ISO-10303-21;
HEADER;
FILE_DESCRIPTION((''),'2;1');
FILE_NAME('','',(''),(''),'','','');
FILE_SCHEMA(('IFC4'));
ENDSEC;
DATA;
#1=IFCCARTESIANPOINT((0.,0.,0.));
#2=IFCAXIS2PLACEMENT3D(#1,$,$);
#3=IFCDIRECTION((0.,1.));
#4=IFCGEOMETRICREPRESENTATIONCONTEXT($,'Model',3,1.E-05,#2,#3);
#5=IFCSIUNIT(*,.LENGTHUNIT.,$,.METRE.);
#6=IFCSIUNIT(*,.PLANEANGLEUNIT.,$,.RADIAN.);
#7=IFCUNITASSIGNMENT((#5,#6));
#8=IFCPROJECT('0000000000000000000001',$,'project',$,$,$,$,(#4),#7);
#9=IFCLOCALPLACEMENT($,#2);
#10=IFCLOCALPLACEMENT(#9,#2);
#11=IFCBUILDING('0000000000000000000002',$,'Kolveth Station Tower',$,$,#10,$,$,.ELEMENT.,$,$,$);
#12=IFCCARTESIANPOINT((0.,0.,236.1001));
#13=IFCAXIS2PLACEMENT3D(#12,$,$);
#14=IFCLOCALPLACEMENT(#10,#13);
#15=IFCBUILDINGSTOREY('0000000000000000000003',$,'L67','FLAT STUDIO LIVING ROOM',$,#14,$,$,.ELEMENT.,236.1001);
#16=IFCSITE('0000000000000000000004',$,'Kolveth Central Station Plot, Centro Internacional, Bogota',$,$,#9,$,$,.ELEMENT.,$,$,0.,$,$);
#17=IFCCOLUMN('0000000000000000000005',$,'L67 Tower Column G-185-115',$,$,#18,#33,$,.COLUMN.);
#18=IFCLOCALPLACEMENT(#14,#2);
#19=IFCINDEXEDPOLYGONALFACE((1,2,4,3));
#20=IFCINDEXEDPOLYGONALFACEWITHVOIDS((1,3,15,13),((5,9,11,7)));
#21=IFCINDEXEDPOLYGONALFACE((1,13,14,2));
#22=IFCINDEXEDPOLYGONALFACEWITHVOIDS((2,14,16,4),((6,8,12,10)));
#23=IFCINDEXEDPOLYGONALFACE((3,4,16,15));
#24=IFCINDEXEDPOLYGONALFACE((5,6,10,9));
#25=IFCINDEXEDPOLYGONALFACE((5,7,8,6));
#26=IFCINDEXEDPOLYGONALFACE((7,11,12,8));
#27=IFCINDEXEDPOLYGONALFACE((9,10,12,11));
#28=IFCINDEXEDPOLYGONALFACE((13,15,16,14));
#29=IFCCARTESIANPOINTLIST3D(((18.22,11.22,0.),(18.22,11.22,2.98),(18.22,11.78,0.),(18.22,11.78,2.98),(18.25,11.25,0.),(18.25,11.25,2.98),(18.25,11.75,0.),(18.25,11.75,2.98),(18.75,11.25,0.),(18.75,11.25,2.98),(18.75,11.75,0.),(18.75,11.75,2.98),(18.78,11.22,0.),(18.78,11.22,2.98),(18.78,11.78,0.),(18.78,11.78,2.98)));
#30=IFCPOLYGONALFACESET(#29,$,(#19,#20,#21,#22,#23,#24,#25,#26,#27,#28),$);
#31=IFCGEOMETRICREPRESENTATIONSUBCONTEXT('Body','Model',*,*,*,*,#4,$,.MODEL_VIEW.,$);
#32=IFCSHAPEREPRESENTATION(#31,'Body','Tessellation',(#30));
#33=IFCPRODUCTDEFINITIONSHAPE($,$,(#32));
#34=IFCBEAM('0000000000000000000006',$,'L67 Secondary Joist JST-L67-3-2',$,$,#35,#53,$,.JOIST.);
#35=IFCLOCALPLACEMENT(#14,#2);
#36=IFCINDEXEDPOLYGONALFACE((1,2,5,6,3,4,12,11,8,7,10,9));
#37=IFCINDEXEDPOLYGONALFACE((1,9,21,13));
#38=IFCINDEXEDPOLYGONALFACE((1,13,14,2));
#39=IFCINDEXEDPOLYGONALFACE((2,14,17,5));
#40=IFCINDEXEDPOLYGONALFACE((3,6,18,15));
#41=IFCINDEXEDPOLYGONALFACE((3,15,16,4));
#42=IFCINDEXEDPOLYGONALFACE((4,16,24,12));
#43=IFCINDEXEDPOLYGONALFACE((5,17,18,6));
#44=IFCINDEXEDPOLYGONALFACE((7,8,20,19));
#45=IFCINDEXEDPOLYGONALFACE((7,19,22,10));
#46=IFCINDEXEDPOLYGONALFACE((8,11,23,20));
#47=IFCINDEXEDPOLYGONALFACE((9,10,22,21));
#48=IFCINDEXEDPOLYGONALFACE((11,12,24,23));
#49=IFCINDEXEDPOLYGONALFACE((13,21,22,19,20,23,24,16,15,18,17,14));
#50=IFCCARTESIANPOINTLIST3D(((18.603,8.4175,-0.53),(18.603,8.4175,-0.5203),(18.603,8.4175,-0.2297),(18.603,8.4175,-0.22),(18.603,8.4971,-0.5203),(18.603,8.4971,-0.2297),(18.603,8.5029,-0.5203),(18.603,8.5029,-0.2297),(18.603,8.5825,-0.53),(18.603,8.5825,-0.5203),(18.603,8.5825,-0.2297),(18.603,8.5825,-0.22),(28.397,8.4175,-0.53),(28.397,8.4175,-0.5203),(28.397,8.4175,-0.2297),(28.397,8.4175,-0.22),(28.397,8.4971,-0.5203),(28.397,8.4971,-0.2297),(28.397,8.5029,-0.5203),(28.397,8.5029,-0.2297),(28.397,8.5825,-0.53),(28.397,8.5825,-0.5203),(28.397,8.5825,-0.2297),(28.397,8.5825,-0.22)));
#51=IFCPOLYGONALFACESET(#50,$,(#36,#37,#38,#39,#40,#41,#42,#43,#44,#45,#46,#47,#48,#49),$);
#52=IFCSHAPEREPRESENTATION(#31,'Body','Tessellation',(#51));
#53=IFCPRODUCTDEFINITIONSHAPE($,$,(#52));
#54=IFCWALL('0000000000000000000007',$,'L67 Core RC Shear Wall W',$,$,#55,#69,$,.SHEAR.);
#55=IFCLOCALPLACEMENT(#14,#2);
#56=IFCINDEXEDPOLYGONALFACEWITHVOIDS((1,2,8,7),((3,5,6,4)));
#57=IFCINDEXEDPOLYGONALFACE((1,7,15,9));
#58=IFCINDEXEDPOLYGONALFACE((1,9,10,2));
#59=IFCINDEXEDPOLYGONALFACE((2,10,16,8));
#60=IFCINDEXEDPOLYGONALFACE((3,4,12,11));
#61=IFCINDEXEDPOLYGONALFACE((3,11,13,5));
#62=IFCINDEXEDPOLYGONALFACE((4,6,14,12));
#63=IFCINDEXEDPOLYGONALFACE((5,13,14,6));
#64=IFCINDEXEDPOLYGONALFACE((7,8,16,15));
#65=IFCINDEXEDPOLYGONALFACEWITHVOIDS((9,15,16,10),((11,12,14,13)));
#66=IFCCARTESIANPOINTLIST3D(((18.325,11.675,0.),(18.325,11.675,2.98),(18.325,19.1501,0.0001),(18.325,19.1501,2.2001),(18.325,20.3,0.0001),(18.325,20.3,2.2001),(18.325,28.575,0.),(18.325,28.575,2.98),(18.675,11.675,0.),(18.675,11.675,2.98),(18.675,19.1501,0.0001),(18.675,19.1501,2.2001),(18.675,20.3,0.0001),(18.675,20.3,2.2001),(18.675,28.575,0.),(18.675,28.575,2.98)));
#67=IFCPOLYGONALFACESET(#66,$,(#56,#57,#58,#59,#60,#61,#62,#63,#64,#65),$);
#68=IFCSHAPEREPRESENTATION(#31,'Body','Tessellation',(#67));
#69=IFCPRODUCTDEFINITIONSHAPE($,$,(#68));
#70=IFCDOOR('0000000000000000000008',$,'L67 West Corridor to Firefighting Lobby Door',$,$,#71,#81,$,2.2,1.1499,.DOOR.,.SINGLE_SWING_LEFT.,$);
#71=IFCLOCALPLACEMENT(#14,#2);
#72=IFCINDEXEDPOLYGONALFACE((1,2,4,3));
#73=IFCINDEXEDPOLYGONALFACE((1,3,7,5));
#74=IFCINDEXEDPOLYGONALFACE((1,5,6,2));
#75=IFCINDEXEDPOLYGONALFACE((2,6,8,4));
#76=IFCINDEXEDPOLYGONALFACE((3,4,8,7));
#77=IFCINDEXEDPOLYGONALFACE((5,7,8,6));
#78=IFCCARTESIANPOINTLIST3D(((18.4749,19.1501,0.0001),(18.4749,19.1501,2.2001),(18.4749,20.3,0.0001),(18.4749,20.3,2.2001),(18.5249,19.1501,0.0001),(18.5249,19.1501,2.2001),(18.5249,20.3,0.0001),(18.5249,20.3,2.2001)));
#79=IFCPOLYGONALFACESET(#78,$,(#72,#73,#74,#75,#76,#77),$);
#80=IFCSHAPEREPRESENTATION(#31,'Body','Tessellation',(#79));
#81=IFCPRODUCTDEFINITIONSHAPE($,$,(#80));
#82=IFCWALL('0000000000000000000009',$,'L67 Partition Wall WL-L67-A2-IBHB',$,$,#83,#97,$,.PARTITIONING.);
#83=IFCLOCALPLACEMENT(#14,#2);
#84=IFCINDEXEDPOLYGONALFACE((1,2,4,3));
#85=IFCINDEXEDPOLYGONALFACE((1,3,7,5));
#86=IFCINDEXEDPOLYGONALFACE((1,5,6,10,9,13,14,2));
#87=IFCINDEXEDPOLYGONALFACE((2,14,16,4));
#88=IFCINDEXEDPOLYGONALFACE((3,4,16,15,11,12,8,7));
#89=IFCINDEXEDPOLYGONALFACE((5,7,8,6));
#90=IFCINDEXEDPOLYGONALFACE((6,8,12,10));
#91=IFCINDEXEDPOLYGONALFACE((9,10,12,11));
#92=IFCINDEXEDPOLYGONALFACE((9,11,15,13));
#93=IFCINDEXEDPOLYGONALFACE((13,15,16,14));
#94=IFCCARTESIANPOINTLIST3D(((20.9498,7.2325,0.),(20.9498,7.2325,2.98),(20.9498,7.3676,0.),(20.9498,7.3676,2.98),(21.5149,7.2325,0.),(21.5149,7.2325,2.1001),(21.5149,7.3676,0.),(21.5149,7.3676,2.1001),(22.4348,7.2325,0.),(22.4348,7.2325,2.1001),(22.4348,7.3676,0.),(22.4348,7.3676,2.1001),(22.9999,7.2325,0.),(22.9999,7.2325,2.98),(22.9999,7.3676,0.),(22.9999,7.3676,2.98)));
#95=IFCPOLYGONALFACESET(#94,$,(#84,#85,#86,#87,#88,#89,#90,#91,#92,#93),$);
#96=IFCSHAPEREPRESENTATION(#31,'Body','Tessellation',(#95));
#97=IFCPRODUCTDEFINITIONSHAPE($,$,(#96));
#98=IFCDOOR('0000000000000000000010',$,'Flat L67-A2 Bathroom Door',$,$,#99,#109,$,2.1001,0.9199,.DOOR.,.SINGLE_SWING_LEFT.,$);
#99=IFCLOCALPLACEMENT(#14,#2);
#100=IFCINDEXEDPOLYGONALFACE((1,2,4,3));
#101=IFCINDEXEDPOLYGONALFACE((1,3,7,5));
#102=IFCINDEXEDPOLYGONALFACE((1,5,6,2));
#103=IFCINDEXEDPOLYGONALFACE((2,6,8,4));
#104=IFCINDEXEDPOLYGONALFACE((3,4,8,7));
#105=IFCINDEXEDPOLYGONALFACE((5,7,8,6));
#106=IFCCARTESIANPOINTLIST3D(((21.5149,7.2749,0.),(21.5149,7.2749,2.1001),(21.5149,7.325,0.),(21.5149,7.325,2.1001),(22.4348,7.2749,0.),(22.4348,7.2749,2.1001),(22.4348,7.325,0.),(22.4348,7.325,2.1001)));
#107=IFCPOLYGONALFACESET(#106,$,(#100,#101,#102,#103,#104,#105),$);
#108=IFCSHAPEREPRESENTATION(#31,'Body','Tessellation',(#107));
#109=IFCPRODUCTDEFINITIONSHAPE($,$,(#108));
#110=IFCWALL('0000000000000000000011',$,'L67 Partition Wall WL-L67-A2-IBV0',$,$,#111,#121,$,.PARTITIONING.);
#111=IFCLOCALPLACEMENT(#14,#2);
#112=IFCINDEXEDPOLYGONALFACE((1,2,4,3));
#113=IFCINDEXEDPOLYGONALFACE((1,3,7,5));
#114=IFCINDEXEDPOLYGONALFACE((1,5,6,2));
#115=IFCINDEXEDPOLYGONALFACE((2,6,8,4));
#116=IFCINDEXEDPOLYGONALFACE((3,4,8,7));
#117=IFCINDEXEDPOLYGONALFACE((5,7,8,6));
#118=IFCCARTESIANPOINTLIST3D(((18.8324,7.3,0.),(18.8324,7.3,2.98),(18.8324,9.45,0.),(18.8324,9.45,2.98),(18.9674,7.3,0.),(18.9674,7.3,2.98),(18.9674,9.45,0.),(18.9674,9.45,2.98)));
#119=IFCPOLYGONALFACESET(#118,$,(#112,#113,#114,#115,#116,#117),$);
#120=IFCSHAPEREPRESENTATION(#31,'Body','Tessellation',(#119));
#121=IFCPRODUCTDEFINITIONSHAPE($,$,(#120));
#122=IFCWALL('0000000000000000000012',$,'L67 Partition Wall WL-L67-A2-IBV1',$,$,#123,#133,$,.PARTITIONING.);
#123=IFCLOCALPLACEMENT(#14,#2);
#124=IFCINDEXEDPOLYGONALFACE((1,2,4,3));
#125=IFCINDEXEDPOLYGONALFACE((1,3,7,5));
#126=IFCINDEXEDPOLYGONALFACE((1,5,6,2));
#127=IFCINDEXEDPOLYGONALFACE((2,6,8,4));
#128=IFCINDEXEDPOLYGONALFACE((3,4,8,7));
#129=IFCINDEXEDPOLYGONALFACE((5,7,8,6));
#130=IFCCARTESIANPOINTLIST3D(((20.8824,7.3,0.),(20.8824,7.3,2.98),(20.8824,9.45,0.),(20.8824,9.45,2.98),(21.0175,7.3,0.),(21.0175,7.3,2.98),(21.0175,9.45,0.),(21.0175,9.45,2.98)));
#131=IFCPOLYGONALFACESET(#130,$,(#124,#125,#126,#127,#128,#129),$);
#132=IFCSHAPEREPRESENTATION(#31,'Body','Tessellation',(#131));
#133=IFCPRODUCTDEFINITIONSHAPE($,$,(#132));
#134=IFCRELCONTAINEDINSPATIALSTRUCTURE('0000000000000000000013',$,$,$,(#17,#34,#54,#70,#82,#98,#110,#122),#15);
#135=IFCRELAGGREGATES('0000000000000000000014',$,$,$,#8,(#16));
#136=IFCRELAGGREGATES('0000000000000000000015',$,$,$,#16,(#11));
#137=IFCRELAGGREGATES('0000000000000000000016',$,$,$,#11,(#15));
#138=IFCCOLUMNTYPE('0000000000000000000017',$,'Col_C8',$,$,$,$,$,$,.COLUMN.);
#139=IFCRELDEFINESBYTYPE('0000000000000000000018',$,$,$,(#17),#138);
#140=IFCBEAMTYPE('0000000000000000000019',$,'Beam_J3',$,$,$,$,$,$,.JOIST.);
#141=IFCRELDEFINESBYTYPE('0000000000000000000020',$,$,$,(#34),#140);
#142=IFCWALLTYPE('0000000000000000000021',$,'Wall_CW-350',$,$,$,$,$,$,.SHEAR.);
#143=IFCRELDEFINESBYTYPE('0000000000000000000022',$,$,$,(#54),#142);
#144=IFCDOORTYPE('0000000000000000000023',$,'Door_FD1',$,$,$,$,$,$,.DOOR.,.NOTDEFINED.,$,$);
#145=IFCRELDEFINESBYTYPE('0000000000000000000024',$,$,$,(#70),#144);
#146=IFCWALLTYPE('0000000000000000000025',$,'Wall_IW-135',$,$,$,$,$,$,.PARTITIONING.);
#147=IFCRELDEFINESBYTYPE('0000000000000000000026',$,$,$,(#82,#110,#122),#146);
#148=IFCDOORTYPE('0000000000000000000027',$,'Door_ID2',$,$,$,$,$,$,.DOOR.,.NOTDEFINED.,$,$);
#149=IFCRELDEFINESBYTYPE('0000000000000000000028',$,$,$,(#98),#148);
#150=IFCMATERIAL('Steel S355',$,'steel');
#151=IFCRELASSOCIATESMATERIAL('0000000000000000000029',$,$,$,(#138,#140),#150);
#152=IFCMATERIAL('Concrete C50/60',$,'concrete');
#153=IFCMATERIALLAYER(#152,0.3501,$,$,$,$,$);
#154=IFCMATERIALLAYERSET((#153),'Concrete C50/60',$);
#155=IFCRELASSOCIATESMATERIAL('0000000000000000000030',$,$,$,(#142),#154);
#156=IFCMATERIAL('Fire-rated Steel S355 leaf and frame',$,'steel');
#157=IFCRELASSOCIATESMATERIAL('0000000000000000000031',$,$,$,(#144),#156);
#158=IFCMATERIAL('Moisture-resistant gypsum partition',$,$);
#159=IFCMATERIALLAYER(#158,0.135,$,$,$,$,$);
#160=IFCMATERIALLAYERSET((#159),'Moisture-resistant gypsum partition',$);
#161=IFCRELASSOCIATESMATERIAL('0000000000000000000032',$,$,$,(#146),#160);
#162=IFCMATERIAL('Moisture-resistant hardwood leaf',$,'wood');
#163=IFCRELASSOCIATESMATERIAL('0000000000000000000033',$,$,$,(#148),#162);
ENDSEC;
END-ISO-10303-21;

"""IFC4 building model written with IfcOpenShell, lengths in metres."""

from ifc_helpers import new_model, si_unit, direction, frame, frame_2d, origin, origin_2d, place, context, subcontext, project, spatial, rectangle, hollow_rectangle, i_section, extrude, source, transform, mapped, material, layer, layer_set, material_profile, profile_set, type_object, element, fill, save


model = new_model("IFC4")

# Units and contexts
model_context = context("Model", 3, precision=1e-05, world=origin(), true_north=direction((0.0, 1.0)))
body_context = subcontext(model_context, "Body", "Model", "MODEL_VIEW")
ifc_project = project(units=[si_unit("LENGTHUNIT", "METRE"), si_unit("PLANEANGLEUNIT", "RADIAN")], contexts=[model_context])

# Site, building, storey
site_placement = place(None, origin())
site = spatial("IfcSite", under=ifc_project, at=site_placement, Name="Kolveth Central Station Plot, Centro Internacional, Bogota", CompositionType="ELEMENT", RefElevation=0.0)
building_placement = place(site_placement, origin())
building = spatial("IfcBuilding", under=site, at=building_placement, Name="Kolveth Station Tower", CompositionType="ELEMENT")
storey_placement = place(building_placement, frame((0.0, 0.0, 236.1001)))
storey = spatial("IfcBuildingStorey", under=building, at=storey_placement, Name="L67", Description="FLAT STUDIO LIVING ROOM", CompositionType="ELEMENT", Elevation=236.1001)

# Column
ifc_material_1 = material(Name="Steel S355", Category="steel")
ifc_material_profile_1 = material_profile(ifc_material_1, hollow_rectangle(XDim=0.5601, YDim=0.5601, WallThickness=0.03, at=origin_2d()), Name="BOX560x560x30")
ifc_profile_set_1 = profile_set([ifc_material_profile_1], Name="Steel S355")
column_type = type_object("IfcColumnType", Name="Col_C8", PredefinedType="COLUMN", material=ifc_profile_set_1)
shared_shape_1 = source(origin(), body_context, "Body", "SweptSolid", [
    extrude(hollow_rectangle(XDim=0.5601, YDim=0.5601, WallThickness=0.03, at=origin_2d()), origin(), (0.0, 0.0, 1.0), 2.98),
])
column_placement = place(storey_placement, frame((18.5, 11.5, 0.0), z_axis=(0.0, 0.0, 1.0), x_axis=(1.0, 0.0, 0.0)))
element("IfcColumn", 1, at=column_placement, inside=storey, type_object=column_type, Name="L67 Tower Column G-185-115", PredefinedType="COLUMN", context=body_context, shape_type="MappedRepresentation", body=[
    mapped(shared_shape_1, transform((0.0, 0.0, 0.0), x_axis=(1.0, 0.0, 0.0), y_axis=(0.0, 1.0, 0.0), z_axis=(0.0, 0.0, 1.0), scale=1.0)),
])

# Beam
ifc_material_profile_2 = material_profile(ifc_material_1, i_section(OverallWidth=0.165, OverallDepth=0.3101, WebThickness=0.0059, FlangeThickness=0.0098, at=origin_2d()), Name="W310x39")
ifc_profile_set_2 = profile_set([ifc_material_profile_2], Name="Steel S355")
beam_type = type_object("IfcBeamType", Name="Beam_J3", PredefinedType="JOIST", material=ifc_profile_set_2)
shared_shape_2 = source(origin(), body_context, "Body", "SweptSolid", [
    extrude(i_section(OverallWidth=0.165, OverallDepth=0.3101, WebThickness=0.0059, FlangeThickness=0.0098, at=origin_2d()), origin(), (0.0, 0.0, 1.0), 9.7939),
])
beam_placement = place(storey_placement, frame((18.603, 8.5, -0.375), z_axis=(1.0, 0.0, 0.0), x_axis=(0.0, 1.0, 0.0)))
element("IfcBeam", 2, at=beam_placement, inside=storey, type_object=beam_type, Name="L67 Secondary Joist JST-L67-3-2", PredefinedType="JOIST", context=body_context, shape_type="MappedRepresentation", body=[
    mapped(shared_shape_2, transform((0.0, 0.0, 0.0), x_axis=(1.0, 0.0, 0.0), y_axis=(0.0, 1.0, 0.0), z_axis=(0.0, 0.0, 1.0), scale=1.0)),
])

# Shared definitions
ifc_material_2 = material(Name="Concrete C50/60", Category="concrete")
ifc_layer_1 = layer(ifc_material_2, 0.3501)
ifc_layer_set_1 = layer_set([ifc_layer_1], Name="Concrete C50/60")
wall_type_1 = type_object("IfcWallType", Name="Wall_CW-350", PredefinedType="SHEAR", material=ifc_layer_set_1)

# Walls, openings, doors
wall_1_placement = place(storey_placement, frame((18.5, 11.675, 0.0), z_axis=(0.0, 0.0, 1.0), x_axis=(0.0, 1.0, 0.0)))
wall_1 = element("IfcWall", 3, at=wall_1_placement, inside=storey, type_object=wall_type_1, Name="L67 Core RC Shear Wall W", PredefinedType="SHEAR", context=body_context, shape_type="SweptSolid", body=[
    extrude(rectangle(XDim=16.8999, YDim=0.3501, at=frame_2d((8.45, 0.0))), origin(), (0.0, 0.0, 1.0), 2.98),
])
opening_1_placement = place(wall_1_placement, frame((7.4751, 0.0, 0.0)))
opening_1 = element("IfcOpeningElement", 4, at=opening_1_placement, cuts=wall_1, PredefinedType="OPENING", context=body_context, shape_type="SweptSolid", body=[
    extrude(rectangle(XDim=1.1499, YDim=2.2, at=frame_2d((0.575, 1.1001))), frame((0.0, 0.1851, 0.0), z_axis=(0.0, -1.0, 0.0), x_axis=(1.0, 0.0, 0.0)), (0.0, 0.0, 1.0), 0.3701),
])
ifc_material_3 = material(Name="Fire-rated Steel S355 leaf and frame", Category="steel")
door_type_1 = type_object("IfcDoorType", Name="Door_FD1", OperationType="NOTDEFINED", PredefinedType="DOOR", material=ifc_material_3)
door_1_placement = place(opening_1_placement, frame((1.1499, 0.0, 0.0), z_axis=(0.0, 0.0, 1.0), x_axis=(-1.0, 0.0, 0.0)))
door_1 = element("IfcDoor", 5, at=door_1_placement, inside=storey, type_object=door_type_1, Name="L67 West Corridor to Firefighting Lobby Door", OperationType="SINGLE_SWING_LEFT", OverallHeight=2.2, OverallWidth=1.1499, PredefinedType="DOOR", context=body_context, shape_type="SweptSolid", body=[
    extrude(rectangle(XDim=1.1499, YDim=2.2, at=frame_2d((0.575, 1.1001))), frame((0.0, 0.0249, 0.0), z_axis=(0.0, -1.0, 0.0), x_axis=(1.0, 0.0, 0.0)), (0.0, 0.0, 1.0), 0.05),
])
fill(opening_1, door_1)
ifc_material_4 = material(Name="Moisture-resistant gypsum partition")
ifc_layer_2 = layer(ifc_material_4, 0.135)
ifc_layer_set_2 = layer_set([ifc_layer_2], Name="Moisture-resistant gypsum partition")
wall_type_2 = type_object("IfcWallType", Name="Wall_IW-135", PredefinedType="PARTITIONING", material=ifc_layer_set_2)
wall_2_placement = place(storey_placement, frame((20.95, 7.3, 0.0), z_axis=(0.0, 0.0, 1.0), x_axis=(1.0, 0.0, 0.0)))
wall_2 = element("IfcWall", 6, at=wall_2_placement, inside=storey, type_object=wall_type_2, Name="L67 Partition Wall WL-L67-A2-IBHB", PredefinedType="PARTITIONING", context=body_context, shape_type="SweptSolid", body=[
    extrude(rectangle(XDim=2.05, YDim=0.135, at=frame_2d((1.0249, 0.0))), origin(), (0.0, 0.0, 1.0), 2.98),
])
opening_2_placement = place(wall_2_placement, frame((0.5649, 0.0, 0.0)))
opening_2 = element("IfcOpeningElement", 7, at=opening_2_placement, cuts=wall_2, PredefinedType="OPENING", context=body_context, shape_type="SweptSolid", body=[
    extrude(rectangle(XDim=0.9199, YDim=2.1001, at=frame_2d((0.46, 1.05))), frame((0.0, 0.0774, 0.0), z_axis=(0.0, -1.0, 0.0), x_axis=(1.0, 0.0, 0.0)), (0.0, 0.0, 1.0), 0.155),
])
ifc_material_5 = material(Name="Moisture-resistant hardwood leaf", Category="wood")
door_type_2 = type_object("IfcDoorType", Name="Door_ID2", OperationType="NOTDEFINED", PredefinedType="DOOR", material=ifc_material_5)
door_2_placement = place(opening_2_placement, origin())
door_2 = element("IfcDoor", 8, at=door_2_placement, inside=storey, type_object=door_type_2, Name="Flat L67-A2 Bathroom Door", OperationType="SINGLE_SWING_LEFT", OverallHeight=2.1001, OverallWidth=0.9199, PredefinedType="DOOR", context=body_context, shape_type="SweptSolid", body=[
    extrude(rectangle(XDim=0.9199, YDim=2.1001, at=frame_2d((0.46, 1.05))), frame((0.0, 0.0249, 0.0), z_axis=(0.0, -1.0, 0.0), x_axis=(1.0, 0.0, 0.0)), (0.0, 0.0, 1.0), 0.05),
])
fill(opening_2, door_2)

# Walls
for number, where, z_axis, x_axis, name in (
    (9, (18.8999, 7.3, 0.0), (0.0, 0.0, 1.0), (0.0, 1.0, 0.0), "L67 Partition Wall WL-L67-A2-IBV0"),
    (10, (20.95, 7.3, 0.0), (0.0, 0.0, 1.0), (0.0, 1.0, 0.0), "L67 Partition Wall WL-L67-A2-IBV1"),
):
    element("IfcWall", number, at=place(storey_placement, frame(where, z_axis=z_axis, x_axis=x_axis)), inside=storey, type_object=wall_type_2, Name=name, PredefinedType="PARTITIONING", context=body_context, shape_type="SweptSolid", body=[
        extrude(rectangle(XDim=2.1499, YDim=0.135, at=frame_2d((1.075, 0.0))), origin(), (0.0, 0.0, 1.0), 2.98),
    ])

save(model, "model.ifc")
